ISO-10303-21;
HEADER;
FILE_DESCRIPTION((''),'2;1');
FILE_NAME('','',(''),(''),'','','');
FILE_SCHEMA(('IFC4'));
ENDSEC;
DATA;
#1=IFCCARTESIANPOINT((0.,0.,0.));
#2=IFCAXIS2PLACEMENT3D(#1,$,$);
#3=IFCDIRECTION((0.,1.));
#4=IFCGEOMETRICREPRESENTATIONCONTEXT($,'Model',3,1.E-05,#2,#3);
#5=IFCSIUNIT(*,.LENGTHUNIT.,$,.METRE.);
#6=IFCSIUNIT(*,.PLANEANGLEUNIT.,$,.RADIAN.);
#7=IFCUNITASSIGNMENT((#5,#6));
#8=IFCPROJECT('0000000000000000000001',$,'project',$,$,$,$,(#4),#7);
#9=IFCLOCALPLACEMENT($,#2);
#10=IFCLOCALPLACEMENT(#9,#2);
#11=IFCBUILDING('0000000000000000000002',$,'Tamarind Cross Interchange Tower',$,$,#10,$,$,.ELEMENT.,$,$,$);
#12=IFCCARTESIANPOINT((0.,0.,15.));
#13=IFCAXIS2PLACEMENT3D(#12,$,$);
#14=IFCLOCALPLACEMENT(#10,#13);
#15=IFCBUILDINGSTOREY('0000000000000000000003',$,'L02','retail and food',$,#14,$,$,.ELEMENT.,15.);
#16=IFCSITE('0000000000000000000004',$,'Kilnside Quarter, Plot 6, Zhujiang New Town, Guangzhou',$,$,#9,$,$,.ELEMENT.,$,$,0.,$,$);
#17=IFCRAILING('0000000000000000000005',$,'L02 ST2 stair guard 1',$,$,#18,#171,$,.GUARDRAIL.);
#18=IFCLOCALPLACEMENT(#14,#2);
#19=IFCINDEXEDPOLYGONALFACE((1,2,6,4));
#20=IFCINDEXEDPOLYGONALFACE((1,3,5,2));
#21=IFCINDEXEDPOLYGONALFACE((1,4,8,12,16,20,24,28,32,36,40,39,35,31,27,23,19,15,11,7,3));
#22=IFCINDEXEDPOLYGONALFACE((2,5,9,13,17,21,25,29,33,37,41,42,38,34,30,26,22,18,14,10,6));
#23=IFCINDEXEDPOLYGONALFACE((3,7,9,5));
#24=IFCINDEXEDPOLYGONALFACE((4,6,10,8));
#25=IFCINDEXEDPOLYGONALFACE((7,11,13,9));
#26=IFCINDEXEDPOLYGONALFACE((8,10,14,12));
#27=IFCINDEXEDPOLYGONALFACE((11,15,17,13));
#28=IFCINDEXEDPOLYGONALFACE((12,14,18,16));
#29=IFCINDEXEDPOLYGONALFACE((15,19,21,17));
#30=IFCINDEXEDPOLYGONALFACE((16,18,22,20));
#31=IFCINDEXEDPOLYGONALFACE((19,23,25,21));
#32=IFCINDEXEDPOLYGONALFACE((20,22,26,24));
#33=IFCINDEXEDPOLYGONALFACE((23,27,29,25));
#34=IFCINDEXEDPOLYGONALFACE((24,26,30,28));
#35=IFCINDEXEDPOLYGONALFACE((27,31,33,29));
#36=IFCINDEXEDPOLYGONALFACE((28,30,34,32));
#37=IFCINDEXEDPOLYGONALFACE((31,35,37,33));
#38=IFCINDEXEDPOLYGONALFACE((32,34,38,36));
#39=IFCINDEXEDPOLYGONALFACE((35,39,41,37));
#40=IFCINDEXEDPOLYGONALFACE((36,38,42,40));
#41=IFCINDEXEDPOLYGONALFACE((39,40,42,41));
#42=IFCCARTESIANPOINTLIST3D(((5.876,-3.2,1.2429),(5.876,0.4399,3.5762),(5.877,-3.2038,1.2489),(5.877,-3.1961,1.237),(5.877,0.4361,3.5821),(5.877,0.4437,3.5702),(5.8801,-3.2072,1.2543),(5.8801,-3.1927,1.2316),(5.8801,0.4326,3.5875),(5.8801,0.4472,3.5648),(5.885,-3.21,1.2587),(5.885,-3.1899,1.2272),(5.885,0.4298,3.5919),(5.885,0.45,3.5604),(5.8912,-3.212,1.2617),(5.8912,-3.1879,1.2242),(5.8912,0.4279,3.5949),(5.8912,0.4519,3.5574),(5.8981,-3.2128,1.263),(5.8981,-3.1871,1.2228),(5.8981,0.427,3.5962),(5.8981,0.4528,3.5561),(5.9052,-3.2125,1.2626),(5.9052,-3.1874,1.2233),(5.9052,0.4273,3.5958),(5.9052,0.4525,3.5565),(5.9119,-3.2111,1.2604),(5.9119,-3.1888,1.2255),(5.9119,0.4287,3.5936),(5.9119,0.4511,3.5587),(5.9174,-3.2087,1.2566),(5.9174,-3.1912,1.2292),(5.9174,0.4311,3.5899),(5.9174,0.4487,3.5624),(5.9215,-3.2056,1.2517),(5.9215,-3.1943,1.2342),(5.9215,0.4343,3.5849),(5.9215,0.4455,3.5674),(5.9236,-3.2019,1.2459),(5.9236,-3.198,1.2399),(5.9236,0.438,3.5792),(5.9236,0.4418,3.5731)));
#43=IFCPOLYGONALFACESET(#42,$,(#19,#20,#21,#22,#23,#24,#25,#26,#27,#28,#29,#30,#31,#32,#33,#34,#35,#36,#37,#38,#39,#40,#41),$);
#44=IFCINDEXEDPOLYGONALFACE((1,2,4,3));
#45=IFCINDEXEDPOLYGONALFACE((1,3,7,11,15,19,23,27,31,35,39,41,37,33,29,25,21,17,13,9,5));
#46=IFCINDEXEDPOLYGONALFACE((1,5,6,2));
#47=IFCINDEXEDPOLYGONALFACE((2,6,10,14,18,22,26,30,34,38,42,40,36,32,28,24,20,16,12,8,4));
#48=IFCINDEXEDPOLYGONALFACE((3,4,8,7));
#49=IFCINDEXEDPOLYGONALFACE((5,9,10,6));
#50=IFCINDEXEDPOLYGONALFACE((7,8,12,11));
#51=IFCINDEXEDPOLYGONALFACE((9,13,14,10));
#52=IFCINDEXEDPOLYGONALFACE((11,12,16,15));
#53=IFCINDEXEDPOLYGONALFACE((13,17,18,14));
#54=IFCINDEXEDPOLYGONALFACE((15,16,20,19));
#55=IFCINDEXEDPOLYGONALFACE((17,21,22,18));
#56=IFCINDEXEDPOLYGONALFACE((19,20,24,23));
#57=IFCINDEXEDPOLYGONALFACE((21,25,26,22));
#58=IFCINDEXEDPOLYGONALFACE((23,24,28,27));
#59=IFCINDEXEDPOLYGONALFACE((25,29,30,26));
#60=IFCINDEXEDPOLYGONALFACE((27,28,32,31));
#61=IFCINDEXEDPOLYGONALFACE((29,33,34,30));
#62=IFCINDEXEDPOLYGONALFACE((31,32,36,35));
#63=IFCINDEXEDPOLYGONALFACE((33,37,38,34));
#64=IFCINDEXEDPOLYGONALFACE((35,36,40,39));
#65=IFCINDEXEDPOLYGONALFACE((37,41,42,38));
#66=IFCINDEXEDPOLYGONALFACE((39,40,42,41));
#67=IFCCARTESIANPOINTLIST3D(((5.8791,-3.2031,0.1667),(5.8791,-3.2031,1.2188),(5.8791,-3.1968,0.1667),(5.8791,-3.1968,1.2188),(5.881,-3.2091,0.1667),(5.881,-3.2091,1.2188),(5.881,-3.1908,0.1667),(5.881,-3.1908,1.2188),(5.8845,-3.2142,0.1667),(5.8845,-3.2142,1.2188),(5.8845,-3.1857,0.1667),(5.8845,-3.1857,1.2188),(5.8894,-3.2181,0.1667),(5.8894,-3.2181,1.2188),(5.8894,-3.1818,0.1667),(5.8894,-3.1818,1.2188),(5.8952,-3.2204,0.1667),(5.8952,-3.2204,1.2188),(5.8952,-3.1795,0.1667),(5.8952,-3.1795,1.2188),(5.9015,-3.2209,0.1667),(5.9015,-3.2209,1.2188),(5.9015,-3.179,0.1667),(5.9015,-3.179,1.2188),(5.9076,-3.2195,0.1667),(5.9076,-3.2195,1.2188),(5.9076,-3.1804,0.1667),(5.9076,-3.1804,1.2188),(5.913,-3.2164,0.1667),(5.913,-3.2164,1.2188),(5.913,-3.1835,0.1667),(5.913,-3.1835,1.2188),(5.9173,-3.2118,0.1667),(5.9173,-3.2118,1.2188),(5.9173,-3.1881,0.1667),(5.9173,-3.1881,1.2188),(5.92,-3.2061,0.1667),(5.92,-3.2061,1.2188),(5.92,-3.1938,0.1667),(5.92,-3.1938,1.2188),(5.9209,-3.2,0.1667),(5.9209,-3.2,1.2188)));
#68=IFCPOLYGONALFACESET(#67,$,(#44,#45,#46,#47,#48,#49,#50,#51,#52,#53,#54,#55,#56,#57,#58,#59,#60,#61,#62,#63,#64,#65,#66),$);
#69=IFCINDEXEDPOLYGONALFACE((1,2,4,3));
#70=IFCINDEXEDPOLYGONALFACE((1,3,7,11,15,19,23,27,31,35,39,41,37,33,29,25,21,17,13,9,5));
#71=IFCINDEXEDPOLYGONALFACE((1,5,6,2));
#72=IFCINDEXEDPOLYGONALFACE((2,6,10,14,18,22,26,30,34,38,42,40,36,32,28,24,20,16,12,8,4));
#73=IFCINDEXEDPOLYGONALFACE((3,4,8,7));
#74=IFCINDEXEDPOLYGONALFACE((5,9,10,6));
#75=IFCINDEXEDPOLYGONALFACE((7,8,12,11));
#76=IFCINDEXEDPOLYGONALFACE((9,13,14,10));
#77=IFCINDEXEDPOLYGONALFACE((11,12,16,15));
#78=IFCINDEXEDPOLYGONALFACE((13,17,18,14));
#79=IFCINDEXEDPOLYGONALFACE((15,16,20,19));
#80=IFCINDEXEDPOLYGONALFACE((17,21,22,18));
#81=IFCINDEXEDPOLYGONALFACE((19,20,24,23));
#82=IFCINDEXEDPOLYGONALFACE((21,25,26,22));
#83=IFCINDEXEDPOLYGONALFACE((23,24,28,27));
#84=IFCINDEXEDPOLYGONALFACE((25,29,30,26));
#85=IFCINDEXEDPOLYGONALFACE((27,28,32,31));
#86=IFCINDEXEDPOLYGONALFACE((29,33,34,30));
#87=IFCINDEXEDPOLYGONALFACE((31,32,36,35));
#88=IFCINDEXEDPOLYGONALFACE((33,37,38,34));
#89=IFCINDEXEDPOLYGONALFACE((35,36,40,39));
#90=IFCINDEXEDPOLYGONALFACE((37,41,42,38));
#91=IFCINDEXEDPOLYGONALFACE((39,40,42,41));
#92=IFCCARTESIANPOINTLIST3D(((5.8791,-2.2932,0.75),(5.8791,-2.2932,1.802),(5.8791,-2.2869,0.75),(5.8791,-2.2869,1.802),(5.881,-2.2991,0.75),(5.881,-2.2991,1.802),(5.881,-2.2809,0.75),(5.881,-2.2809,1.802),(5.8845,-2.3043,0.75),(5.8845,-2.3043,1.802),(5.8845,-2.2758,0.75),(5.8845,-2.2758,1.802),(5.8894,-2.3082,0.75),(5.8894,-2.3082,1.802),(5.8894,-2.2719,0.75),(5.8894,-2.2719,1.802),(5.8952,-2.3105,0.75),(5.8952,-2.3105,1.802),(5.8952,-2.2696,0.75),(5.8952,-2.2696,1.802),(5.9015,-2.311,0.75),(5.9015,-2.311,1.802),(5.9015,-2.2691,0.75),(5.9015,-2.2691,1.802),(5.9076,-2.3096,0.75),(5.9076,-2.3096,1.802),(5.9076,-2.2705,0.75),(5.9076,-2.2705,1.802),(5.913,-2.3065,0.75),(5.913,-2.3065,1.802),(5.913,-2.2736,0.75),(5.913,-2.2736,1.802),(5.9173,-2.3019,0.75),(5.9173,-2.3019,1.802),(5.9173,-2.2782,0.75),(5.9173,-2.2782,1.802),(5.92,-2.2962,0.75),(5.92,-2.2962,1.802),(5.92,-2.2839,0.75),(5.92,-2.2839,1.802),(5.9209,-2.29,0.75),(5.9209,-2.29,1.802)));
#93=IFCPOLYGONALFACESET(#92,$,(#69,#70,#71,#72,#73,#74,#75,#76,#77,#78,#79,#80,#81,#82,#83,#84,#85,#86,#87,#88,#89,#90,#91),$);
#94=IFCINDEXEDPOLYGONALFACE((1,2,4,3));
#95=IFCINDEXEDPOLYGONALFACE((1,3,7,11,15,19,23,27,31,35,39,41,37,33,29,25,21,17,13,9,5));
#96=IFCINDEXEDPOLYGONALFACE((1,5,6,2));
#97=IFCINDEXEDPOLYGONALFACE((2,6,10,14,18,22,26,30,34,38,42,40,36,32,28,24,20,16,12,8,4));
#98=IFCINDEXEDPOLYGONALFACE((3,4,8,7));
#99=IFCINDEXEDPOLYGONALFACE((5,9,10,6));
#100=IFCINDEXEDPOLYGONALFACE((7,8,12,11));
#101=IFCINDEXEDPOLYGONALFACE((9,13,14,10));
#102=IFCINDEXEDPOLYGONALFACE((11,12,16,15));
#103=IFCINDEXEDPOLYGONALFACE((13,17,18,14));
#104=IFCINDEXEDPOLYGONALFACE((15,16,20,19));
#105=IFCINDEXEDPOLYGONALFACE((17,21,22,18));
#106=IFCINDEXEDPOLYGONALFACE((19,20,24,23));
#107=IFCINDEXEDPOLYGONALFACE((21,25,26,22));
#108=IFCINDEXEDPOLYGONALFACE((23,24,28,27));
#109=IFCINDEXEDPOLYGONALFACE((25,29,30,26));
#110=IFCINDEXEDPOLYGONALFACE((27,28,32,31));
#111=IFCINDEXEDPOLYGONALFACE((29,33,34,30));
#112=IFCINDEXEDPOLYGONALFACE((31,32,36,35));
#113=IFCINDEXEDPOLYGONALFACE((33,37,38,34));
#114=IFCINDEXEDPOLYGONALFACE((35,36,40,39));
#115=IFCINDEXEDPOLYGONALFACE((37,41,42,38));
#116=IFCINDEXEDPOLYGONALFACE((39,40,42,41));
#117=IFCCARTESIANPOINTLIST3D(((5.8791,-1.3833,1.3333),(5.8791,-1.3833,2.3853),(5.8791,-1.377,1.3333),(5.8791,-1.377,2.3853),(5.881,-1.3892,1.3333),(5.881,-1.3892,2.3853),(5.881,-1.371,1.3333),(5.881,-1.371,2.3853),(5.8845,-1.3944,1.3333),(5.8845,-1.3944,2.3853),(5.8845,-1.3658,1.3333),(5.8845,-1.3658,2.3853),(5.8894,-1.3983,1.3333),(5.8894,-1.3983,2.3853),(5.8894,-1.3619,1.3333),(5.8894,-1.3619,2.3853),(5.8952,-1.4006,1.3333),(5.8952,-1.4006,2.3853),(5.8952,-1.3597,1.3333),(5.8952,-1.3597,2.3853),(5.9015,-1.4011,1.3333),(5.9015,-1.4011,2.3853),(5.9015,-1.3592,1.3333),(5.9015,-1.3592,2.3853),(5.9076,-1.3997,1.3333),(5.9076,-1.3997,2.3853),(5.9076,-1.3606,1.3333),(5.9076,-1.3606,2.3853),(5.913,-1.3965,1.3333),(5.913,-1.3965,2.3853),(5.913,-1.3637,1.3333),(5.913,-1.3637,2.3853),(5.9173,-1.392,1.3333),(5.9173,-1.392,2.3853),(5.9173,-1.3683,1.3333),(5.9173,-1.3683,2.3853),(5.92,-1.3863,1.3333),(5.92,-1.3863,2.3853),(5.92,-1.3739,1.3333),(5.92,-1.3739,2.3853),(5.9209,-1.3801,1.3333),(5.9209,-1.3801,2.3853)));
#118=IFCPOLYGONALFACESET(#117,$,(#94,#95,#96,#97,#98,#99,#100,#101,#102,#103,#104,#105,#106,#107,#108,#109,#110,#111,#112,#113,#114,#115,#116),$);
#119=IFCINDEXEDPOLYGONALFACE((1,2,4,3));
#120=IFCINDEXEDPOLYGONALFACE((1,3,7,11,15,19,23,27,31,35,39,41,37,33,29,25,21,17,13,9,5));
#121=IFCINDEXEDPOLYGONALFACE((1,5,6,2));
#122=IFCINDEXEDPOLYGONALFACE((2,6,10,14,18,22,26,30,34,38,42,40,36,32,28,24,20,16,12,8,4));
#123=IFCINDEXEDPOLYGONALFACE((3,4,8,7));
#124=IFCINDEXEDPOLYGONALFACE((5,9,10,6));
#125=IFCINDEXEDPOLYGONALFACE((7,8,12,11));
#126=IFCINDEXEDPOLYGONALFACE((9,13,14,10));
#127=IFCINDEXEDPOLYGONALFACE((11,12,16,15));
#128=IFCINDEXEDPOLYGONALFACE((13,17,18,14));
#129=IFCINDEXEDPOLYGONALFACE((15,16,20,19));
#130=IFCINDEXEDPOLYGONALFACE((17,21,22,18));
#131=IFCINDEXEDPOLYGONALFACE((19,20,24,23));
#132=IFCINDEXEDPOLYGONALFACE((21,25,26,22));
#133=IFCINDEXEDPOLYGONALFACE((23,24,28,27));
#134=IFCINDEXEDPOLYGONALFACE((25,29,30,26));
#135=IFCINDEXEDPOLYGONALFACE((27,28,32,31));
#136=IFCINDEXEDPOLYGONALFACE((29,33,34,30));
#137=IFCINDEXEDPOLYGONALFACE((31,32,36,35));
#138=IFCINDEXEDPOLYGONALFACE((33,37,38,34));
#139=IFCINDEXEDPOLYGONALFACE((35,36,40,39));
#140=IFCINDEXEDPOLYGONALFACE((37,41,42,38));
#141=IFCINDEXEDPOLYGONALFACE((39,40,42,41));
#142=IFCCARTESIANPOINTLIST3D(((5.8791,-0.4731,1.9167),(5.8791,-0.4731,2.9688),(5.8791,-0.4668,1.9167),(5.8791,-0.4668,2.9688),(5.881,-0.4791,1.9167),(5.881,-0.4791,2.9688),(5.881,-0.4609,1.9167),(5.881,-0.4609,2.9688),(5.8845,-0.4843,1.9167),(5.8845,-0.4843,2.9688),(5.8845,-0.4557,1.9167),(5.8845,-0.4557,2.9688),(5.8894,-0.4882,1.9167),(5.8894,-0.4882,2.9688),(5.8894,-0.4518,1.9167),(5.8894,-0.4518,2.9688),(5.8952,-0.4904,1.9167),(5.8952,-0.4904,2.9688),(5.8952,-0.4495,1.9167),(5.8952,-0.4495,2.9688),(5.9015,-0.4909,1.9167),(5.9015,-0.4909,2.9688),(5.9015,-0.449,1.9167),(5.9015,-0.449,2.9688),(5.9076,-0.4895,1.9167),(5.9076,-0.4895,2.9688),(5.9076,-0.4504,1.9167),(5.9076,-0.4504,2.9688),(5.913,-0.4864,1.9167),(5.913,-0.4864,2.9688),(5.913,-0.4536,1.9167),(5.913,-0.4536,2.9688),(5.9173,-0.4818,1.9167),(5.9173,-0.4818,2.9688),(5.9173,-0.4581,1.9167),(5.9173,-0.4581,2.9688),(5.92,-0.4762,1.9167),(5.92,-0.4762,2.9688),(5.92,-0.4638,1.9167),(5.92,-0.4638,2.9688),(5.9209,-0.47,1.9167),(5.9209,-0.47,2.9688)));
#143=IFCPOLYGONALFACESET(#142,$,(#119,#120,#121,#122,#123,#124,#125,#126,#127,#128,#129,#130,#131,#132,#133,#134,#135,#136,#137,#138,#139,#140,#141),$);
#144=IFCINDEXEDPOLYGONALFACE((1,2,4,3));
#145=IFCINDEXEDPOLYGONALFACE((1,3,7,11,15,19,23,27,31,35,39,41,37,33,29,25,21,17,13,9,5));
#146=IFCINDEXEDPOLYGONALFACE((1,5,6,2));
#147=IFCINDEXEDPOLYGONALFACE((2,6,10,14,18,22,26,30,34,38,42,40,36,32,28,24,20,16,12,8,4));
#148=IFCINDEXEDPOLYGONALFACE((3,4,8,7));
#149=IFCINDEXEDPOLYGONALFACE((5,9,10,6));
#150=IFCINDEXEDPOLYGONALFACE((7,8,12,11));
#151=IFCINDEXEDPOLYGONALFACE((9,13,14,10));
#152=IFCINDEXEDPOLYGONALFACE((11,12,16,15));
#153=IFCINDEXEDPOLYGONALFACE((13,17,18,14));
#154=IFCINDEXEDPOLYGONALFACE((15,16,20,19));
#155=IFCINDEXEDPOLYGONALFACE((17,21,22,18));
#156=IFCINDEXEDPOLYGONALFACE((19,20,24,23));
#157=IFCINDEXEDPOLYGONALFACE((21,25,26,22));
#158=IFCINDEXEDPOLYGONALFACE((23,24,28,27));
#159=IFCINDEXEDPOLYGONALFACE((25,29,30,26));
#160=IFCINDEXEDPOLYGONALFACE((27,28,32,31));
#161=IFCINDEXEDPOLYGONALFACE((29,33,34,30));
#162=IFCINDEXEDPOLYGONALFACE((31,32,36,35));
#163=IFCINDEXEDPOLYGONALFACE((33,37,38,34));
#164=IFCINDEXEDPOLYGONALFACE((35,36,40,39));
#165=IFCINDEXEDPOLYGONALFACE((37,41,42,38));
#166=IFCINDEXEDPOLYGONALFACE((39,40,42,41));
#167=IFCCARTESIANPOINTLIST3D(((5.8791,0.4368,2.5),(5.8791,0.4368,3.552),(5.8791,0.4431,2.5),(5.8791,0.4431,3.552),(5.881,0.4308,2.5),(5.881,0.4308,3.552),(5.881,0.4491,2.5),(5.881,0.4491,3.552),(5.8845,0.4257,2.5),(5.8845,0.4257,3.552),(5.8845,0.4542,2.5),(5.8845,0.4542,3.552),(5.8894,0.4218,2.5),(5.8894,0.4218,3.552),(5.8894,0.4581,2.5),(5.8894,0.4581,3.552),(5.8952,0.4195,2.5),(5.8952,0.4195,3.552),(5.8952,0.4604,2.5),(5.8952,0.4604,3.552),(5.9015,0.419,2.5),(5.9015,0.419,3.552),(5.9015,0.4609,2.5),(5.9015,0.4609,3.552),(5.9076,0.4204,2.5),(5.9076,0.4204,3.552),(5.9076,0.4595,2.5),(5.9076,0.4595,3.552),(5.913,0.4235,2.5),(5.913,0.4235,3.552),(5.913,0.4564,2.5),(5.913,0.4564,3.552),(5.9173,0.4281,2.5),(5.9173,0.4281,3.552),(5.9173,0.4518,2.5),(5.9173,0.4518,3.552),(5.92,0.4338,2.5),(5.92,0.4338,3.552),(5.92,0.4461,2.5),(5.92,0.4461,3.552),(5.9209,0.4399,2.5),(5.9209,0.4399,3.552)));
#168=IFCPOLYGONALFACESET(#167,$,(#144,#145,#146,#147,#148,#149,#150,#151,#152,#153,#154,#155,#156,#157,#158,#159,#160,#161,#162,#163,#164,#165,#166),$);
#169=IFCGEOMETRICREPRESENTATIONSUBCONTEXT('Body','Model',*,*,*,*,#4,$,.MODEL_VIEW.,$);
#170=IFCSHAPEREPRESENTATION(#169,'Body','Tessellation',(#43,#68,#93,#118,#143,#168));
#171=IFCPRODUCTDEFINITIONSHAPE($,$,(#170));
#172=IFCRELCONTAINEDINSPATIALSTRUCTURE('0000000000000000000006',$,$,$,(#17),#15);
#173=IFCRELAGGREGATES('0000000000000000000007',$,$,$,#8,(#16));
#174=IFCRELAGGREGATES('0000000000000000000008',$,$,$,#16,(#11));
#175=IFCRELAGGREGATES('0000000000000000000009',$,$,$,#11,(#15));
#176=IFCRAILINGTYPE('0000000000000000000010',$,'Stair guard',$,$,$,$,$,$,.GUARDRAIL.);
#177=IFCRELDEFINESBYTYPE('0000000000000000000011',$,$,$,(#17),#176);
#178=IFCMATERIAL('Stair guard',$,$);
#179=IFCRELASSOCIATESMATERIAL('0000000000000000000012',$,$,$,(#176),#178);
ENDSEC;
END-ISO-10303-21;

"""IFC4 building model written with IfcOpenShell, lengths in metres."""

from ifc_helpers import new_model, si_unit, direction, frame, origin, origin_2d, place, context, subcontext, project, spatial, circle, extrude, material, type_object, element, save


model = new_model("IFC4")

# Units and contexts
model_context = context("Model", 3, precision=1e-05, world=origin(), true_north=direction((0.0, 1.0)))
body_context = subcontext(model_context, "Body", "Model", "MODEL_VIEW")
ifc_project = project(units=[si_unit("LENGTHUNIT", "METRE"), si_unit("PLANEANGLEUNIT", "RADIAN")], contexts=[model_context])

# Site, building, storey
site_placement = place(None, origin())
site = spatial("IfcSite", under=ifc_project, at=site_placement, Name="Kilnside Quarter, Plot 6, Zhujiang New Town, Guangzhou", CompositionType="ELEMENT", RefElevation=0.0)
building_placement = place(site_placement, origin())
building = spatial("IfcBuilding", under=site, at=building_placement, Name="Tamarind Cross Interchange Tower", CompositionType="ELEMENT")
storey_placement = place(building_placement, frame((0.0, 0.0, 15.0)))
storey = spatial("IfcBuildingStorey", under=building, at=storey_placement, Name="L02", Description="retail and food", CompositionType="ELEMENT", Elevation=15.0)

# Railing
ifc_material_1 = material(Name="Stair guard")
railing_type_1 = type_object("IfcRailingType", Name="Stair guard", PredefinedType="GUARDRAIL", material=ifc_material_1)
railing_1_placement = place(storey_placement, frame((5.8999, -3.2, 0.1667)))
element("IfcRailing", 1, at=railing_1_placement, inside=storey, type_object=railing_type_1, Name="L02 ST2 stair guard 1", PredefinedType="GUARDRAIL", context=body_context, shape_type="SweptSolid", body=[
    extrude(circle(Radius=0.0239, at=origin_2d()), frame((0.0, 0.0, 1.0762), z_axis=(0.0, 0.84188, 0.539664), x_axis=(-1.0, 0.0, 0.0)), (0.0, 0.0, 1.0), 4.3235),
    extrude(circle(Radius=0.021, at=origin_2d()), origin(), (0.0, 0.0, 1.0), 1.052),
    extrude(circle(Radius=0.021, at=origin_2d()), frame((0.0, 0.9099, 0.5833)), (0.0, 0.0, 1.0), 1.052),
    extrude(circle(Radius=0.021, at=origin_2d()), frame((0.0, 1.8198, 1.1665)), (0.0, 0.0, 1.0), 1.052),
    extrude(circle(Radius=0.021, at=origin_2d()), frame((0.0, 2.73, 1.75)), (0.0, 0.0, 1.0), 1.052),
    extrude(circle(Radius=0.021, at=origin_2d()), frame((0.0, 3.6399, 2.3333)), (0.0, 0.0, 1.0), 1.052),
])

save(model, "model.ifc")
